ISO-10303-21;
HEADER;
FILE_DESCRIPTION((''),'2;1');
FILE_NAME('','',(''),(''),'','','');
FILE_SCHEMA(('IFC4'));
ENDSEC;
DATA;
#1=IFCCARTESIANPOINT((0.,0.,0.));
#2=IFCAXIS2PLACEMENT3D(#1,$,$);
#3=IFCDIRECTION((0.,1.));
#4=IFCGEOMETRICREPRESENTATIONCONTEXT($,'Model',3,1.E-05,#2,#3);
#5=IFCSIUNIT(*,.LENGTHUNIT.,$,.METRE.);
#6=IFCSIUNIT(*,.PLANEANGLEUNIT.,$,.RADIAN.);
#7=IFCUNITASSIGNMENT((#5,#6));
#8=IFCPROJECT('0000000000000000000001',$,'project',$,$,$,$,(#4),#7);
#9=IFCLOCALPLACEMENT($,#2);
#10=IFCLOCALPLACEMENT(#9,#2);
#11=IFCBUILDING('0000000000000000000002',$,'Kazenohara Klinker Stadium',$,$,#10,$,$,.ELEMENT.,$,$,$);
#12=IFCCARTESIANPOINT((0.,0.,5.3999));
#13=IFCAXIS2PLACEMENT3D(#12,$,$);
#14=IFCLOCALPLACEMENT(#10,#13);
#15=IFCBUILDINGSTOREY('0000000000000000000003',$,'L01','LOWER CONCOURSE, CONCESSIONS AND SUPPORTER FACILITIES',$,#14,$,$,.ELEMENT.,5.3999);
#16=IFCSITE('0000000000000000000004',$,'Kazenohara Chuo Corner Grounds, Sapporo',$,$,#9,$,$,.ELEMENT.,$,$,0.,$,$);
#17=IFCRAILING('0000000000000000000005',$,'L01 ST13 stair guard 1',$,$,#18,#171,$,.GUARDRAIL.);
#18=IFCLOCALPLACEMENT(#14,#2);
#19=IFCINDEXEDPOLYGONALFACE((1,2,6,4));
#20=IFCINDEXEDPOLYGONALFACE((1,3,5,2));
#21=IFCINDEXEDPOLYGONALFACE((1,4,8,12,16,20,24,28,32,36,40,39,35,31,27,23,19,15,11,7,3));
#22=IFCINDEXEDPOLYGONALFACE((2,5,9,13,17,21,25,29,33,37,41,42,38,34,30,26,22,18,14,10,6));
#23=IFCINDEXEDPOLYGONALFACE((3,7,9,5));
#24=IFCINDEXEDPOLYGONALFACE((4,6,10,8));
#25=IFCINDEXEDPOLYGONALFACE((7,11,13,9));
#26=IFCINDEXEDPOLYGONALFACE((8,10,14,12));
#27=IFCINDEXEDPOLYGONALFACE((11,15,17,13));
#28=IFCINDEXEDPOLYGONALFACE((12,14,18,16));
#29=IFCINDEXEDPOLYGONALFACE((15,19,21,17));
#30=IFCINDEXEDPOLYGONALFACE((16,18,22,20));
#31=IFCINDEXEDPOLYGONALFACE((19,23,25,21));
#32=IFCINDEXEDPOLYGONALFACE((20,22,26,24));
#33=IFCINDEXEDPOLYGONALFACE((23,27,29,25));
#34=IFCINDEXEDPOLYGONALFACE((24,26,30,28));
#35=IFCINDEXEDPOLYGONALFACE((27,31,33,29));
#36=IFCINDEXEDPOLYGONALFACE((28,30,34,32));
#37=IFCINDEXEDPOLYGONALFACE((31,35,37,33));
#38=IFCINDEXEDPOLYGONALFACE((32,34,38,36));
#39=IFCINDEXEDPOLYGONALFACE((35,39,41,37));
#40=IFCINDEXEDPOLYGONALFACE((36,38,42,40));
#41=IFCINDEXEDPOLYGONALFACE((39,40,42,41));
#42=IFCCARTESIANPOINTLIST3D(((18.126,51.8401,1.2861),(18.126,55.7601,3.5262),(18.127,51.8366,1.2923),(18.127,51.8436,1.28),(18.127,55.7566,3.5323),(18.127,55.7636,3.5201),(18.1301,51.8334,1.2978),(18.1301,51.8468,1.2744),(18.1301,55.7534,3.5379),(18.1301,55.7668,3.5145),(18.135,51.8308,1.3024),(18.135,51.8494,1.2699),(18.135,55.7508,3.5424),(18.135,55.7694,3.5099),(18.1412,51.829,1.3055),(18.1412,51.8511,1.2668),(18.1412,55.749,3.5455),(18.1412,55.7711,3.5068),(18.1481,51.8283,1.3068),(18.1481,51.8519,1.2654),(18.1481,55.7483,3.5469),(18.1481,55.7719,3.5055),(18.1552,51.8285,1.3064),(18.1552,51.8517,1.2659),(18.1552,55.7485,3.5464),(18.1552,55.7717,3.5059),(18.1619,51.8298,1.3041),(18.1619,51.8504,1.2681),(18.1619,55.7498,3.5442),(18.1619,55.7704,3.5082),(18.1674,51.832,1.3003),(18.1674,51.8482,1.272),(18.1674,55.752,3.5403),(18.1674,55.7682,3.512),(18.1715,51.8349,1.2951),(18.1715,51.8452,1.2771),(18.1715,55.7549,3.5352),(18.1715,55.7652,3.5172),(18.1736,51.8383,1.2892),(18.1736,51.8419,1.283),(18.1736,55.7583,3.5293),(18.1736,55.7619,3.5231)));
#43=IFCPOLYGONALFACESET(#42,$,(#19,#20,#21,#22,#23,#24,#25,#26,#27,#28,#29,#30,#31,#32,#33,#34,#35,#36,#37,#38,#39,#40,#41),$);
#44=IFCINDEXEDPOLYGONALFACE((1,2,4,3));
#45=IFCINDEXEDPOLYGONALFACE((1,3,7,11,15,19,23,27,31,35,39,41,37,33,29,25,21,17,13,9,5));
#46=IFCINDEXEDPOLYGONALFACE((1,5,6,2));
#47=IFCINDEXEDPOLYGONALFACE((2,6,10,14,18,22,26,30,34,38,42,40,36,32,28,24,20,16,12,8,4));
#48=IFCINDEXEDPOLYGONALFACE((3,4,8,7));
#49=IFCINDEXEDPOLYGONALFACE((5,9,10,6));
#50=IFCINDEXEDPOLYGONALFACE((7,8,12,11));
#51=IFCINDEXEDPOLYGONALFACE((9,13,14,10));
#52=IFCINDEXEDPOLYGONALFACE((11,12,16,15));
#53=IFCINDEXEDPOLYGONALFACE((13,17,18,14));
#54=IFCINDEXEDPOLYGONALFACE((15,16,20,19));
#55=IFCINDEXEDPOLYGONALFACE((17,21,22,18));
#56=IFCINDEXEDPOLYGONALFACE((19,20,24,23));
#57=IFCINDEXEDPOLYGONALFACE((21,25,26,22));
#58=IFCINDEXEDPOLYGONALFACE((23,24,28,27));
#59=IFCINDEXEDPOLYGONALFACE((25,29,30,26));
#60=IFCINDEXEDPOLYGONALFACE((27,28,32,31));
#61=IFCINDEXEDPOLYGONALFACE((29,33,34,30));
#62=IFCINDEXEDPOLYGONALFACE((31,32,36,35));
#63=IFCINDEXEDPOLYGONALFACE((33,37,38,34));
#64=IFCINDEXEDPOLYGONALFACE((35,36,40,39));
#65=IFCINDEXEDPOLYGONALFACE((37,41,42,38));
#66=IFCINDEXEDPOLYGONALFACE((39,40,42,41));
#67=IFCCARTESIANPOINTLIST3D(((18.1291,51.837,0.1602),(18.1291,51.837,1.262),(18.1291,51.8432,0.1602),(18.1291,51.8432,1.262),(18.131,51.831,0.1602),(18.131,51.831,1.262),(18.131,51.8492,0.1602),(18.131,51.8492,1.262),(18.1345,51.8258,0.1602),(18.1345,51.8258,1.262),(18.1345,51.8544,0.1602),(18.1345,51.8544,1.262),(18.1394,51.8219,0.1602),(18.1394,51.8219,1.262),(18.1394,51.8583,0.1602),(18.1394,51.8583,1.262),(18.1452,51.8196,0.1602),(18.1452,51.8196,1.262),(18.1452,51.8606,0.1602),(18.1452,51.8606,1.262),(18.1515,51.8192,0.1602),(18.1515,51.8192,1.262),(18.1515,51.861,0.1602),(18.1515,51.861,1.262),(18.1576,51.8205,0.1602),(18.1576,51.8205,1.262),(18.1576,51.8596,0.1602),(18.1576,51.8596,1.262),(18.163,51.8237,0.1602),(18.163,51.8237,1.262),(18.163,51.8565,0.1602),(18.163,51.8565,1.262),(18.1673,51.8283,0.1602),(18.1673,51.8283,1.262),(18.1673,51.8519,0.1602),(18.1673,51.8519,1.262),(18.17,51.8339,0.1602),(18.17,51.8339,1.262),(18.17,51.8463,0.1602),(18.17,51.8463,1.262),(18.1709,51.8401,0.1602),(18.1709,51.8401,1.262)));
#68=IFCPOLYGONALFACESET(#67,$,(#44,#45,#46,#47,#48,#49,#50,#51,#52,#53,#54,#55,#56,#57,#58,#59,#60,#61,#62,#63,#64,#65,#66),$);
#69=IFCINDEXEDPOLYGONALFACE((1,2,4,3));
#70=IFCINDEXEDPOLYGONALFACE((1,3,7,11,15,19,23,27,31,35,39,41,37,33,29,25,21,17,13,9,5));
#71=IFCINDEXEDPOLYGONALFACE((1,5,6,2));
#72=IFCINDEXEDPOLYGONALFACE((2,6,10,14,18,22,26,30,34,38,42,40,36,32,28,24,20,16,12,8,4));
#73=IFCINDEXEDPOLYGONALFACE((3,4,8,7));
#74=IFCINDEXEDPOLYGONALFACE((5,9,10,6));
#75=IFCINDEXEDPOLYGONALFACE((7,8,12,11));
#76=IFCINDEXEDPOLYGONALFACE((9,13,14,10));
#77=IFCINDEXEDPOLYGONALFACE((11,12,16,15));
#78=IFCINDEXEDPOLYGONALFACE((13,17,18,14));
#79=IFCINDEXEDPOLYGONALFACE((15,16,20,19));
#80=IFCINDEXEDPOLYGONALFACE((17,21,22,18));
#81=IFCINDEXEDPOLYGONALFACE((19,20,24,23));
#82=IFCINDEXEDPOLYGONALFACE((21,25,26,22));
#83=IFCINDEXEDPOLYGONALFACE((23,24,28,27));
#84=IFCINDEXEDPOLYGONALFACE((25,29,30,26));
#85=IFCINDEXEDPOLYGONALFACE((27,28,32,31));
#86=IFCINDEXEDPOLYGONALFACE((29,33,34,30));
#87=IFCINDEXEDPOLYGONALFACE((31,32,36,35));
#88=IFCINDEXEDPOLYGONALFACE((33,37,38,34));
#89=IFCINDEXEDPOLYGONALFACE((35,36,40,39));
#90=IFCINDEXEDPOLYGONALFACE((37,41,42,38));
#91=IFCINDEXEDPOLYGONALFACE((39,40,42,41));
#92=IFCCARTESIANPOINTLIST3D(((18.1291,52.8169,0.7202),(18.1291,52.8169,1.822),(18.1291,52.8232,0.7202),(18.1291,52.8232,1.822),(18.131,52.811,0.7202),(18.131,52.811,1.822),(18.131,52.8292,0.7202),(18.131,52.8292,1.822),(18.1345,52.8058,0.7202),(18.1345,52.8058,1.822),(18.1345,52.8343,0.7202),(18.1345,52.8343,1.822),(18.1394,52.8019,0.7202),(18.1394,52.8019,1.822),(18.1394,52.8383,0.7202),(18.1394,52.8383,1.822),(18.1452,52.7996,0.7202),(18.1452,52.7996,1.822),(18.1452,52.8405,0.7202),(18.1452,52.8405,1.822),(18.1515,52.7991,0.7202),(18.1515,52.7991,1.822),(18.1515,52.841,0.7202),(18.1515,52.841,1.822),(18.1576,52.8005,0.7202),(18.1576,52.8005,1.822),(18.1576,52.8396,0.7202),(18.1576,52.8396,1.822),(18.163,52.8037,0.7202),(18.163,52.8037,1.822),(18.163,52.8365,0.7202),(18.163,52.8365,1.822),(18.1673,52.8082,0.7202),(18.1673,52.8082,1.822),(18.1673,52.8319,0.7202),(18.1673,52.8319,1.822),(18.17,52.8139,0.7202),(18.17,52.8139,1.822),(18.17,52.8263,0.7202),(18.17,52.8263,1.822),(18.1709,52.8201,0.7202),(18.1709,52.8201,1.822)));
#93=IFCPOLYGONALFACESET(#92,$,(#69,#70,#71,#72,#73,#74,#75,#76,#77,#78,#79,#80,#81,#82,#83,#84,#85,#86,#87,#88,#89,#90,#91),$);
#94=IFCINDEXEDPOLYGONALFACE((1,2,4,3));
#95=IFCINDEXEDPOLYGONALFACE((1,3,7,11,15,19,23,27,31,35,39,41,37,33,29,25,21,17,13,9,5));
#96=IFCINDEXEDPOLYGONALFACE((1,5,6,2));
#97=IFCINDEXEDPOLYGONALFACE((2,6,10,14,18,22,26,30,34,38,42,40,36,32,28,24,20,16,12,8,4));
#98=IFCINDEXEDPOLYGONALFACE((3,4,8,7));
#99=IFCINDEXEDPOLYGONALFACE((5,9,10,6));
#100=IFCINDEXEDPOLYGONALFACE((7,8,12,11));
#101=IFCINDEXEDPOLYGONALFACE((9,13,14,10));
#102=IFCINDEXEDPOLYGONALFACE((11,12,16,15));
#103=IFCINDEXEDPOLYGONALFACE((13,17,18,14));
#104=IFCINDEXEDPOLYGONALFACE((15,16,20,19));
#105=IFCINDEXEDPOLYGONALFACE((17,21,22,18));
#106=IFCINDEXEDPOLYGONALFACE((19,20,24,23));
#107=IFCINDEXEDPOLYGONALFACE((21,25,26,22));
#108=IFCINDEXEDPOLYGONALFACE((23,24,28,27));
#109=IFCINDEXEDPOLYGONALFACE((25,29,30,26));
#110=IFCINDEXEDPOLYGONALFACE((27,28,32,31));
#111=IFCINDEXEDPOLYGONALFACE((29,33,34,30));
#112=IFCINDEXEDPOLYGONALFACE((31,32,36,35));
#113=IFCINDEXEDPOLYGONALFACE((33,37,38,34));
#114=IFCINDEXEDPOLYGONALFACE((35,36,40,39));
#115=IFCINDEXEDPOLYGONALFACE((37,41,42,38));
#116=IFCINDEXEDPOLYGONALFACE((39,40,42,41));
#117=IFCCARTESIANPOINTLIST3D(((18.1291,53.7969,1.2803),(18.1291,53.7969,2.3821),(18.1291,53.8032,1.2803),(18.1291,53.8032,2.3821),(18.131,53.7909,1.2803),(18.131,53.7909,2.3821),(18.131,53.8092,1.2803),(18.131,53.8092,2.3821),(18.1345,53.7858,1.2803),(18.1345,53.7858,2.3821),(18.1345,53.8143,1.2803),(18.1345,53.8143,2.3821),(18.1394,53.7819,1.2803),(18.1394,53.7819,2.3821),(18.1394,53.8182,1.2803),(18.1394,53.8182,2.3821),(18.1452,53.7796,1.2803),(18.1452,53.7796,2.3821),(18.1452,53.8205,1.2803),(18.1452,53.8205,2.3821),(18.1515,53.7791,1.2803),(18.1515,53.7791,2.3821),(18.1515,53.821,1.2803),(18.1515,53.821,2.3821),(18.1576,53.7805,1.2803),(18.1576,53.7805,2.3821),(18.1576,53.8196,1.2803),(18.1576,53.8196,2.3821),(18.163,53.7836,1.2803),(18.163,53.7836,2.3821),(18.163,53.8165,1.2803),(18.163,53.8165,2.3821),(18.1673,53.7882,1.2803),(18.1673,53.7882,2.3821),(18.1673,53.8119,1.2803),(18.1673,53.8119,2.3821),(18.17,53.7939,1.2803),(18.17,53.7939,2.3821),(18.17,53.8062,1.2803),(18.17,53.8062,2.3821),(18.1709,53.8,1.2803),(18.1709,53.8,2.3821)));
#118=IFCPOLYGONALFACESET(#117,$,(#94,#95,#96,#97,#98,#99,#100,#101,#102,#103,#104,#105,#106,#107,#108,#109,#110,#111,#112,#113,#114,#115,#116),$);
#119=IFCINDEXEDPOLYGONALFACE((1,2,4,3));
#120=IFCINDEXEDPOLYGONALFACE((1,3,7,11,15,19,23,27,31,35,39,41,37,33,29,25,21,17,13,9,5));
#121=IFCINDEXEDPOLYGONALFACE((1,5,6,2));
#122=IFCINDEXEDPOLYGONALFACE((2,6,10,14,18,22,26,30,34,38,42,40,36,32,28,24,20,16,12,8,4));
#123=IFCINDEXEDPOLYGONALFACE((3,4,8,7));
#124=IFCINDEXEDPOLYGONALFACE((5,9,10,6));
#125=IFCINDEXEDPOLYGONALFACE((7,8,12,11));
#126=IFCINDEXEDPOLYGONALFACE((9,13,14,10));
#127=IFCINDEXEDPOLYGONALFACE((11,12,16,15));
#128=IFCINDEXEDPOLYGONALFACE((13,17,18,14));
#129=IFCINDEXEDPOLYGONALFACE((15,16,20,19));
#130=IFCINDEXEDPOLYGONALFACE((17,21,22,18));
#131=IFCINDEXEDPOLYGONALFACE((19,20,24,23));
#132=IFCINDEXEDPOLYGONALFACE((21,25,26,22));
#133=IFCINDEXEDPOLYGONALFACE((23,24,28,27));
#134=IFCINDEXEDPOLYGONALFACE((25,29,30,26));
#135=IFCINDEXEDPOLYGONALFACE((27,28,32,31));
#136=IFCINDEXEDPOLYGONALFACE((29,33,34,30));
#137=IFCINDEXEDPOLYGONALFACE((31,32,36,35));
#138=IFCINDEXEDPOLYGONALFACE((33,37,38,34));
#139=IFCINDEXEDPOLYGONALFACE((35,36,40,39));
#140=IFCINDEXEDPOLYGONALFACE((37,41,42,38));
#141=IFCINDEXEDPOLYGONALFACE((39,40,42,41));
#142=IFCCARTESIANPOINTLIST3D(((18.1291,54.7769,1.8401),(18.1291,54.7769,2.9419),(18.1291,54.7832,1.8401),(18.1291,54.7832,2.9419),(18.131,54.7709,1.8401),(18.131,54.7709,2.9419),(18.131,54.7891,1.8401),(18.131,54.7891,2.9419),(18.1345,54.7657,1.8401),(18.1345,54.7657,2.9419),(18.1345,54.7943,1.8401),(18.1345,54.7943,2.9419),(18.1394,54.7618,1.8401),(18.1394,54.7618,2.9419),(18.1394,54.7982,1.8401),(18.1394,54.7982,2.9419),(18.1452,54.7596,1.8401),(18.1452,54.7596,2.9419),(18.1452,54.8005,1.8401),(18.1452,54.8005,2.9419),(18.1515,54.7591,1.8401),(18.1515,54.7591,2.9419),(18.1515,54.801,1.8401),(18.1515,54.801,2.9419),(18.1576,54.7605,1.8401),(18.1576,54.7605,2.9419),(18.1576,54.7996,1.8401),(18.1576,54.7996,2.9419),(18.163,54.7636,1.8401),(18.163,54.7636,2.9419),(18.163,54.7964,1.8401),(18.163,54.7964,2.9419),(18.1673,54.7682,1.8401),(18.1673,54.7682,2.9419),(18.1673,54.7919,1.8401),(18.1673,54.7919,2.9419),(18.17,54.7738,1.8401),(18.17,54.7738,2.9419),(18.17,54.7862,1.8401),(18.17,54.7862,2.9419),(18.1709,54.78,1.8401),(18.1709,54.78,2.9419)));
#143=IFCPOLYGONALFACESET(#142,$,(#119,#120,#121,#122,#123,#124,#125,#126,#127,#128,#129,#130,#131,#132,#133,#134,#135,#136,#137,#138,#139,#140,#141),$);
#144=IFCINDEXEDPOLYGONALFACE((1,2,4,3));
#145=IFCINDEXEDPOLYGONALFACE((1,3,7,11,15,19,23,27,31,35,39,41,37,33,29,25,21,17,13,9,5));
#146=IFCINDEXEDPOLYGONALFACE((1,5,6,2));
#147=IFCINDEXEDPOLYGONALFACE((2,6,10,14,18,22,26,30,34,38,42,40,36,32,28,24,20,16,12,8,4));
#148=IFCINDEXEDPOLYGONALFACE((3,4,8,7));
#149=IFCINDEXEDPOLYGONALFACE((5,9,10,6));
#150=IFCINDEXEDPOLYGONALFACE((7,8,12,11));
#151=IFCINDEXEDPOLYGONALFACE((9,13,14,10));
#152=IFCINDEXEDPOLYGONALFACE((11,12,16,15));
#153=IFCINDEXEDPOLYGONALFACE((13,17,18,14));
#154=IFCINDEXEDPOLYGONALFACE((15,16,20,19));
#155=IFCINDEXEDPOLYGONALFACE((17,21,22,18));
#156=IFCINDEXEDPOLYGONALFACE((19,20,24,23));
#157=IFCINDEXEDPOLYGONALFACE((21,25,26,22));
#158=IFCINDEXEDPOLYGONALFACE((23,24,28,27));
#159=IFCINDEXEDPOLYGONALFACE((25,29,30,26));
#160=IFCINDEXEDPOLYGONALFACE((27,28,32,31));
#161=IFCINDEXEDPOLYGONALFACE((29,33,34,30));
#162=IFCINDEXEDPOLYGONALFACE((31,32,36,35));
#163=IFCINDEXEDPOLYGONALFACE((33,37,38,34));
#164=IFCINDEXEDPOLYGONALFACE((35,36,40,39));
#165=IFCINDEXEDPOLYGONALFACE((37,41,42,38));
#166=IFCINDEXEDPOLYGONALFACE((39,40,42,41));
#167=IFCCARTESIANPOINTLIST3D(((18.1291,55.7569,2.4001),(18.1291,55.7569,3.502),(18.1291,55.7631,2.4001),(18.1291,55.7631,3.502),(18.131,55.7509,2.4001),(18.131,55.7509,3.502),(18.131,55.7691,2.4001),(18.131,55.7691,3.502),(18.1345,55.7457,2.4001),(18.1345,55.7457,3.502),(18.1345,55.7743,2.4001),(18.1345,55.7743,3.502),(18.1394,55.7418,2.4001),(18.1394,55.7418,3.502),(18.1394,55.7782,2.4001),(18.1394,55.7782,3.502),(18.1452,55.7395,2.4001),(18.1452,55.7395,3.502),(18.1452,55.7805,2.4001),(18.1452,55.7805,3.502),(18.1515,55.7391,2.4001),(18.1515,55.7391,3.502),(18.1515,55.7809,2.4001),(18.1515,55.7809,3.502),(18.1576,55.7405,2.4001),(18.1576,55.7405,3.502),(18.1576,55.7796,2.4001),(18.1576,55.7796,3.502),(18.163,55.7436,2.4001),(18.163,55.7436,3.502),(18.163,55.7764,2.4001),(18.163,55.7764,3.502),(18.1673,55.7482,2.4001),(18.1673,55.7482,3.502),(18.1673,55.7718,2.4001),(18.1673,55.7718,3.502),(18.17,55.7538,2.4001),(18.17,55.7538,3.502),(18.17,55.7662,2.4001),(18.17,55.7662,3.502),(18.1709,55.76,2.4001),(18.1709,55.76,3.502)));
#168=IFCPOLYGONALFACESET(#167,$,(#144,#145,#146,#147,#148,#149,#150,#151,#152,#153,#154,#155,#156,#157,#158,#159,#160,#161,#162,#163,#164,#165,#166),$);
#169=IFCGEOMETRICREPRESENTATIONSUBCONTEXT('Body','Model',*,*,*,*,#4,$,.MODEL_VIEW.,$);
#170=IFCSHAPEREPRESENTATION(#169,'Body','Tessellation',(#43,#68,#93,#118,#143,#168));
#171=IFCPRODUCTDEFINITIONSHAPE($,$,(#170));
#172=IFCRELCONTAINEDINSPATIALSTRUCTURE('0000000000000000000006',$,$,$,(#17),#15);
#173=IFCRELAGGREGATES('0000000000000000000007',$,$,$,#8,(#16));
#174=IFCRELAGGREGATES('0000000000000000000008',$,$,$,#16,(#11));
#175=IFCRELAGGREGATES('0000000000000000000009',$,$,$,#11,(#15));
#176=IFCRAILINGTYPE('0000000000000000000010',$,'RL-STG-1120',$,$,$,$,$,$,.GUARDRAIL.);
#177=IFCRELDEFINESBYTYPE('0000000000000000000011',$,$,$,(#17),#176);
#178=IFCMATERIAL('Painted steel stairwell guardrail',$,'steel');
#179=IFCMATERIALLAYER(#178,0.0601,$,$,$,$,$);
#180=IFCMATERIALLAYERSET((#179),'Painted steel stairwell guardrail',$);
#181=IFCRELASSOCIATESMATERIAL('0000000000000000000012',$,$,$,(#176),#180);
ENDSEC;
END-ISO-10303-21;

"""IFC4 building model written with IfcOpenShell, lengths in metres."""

from ifc_helpers import new_model, si_unit, direction, frame, origin, origin_2d, place, context, subcontext, project, spatial, circle, extrude, material, layer, layer_set, type_object, element, save


model = new_model("IFC4")

# Units and contexts
model_context = context("Model", 3, precision=1e-05, world=origin(), true_north=direction((0.0, 1.0)))
body_context = subcontext(model_context, "Body", "Model", "MODEL_VIEW")
ifc_project = project(units=[si_unit("LENGTHUNIT", "METRE"), si_unit("PLANEANGLEUNIT", "RADIAN")], contexts=[model_context])

# Site, building, storey
site_placement = place(None, origin())
site = spatial("IfcSite", under=ifc_project, at=site_placement, Name="Kazenohara Chuo Corner Grounds, Sapporo", CompositionType="ELEMENT", RefElevation=0.0)
building_placement = place(site_placement, origin())
building = spatial("IfcBuilding", under=site, at=building_placement, Name="Kazenohara Klinker Stadium", CompositionType="ELEMENT")
storey_placement = place(building_placement, frame((0.0, 0.0, 5.3999)))
storey = spatial("IfcBuildingStorey", under=building, at=storey_placement, Name="L01", Description="LOWER CONCOURSE, CONCESSIONS AND SUPPORTER FACILITIES", CompositionType="ELEMENT", Elevation=5.3999)

# Railing
ifc_material_1 = material(Name="Painted steel stairwell guardrail", Category="steel")
ifc_layer_1 = layer(ifc_material_1, 0.0601)
ifc_layer_set_1 = layer_set([ifc_layer_1], Name="Painted steel stairwell guardrail")
railing_type_1 = type_object("IfcRailingType", Name="RL-STG-1120", PredefinedType="GUARDRAIL", material=ifc_layer_set_1)
railing_1_placement = place(storey_placement, frame((18.1499, 51.8401, 0.1602)))
element("IfcRailing", 1, at=railing_1_placement, inside=storey, type_object=railing_type_1, Name="L01 ST13 stair guard 1", PredefinedType="GUARDRAIL", context=body_context, shape_type="SweptSolid", body=[
    extrude(circle(Radius=0.0239, at=origin_2d()), frame((0.0, 0.0, 1.126), z_axis=(0.0, 0.86824, 0.496145), x_axis=(-1.0, 0.0, 0.0)), (0.0, 0.0, 1.0), 4.5149),
    extrude(circle(Radius=0.021, at=origin_2d()), origin(), (0.0, 0.0, 1.0), 1.1018),
    extrude(circle(Radius=0.021, at=origin_2d()), frame((0.0, 0.98, 0.5601)), (0.0, 0.0, 1.0), 1.1018),
    extrude(circle(Radius=0.021, at=origin_2d()), frame((0.0, 1.96, 1.1201)), (0.0, 0.0, 1.0), 1.1018),
    extrude(circle(Radius=0.021, at=origin_2d()), frame((0.0, 2.9399, 1.6799)), (0.0, 0.0, 1.0), 1.1018),
    extrude(circle(Radius=0.021, at=origin_2d()), frame((0.0, 3.9199, 2.24)), (0.0, 0.0, 1.0), 1.1018),
])

save(model, "model.ifc")
